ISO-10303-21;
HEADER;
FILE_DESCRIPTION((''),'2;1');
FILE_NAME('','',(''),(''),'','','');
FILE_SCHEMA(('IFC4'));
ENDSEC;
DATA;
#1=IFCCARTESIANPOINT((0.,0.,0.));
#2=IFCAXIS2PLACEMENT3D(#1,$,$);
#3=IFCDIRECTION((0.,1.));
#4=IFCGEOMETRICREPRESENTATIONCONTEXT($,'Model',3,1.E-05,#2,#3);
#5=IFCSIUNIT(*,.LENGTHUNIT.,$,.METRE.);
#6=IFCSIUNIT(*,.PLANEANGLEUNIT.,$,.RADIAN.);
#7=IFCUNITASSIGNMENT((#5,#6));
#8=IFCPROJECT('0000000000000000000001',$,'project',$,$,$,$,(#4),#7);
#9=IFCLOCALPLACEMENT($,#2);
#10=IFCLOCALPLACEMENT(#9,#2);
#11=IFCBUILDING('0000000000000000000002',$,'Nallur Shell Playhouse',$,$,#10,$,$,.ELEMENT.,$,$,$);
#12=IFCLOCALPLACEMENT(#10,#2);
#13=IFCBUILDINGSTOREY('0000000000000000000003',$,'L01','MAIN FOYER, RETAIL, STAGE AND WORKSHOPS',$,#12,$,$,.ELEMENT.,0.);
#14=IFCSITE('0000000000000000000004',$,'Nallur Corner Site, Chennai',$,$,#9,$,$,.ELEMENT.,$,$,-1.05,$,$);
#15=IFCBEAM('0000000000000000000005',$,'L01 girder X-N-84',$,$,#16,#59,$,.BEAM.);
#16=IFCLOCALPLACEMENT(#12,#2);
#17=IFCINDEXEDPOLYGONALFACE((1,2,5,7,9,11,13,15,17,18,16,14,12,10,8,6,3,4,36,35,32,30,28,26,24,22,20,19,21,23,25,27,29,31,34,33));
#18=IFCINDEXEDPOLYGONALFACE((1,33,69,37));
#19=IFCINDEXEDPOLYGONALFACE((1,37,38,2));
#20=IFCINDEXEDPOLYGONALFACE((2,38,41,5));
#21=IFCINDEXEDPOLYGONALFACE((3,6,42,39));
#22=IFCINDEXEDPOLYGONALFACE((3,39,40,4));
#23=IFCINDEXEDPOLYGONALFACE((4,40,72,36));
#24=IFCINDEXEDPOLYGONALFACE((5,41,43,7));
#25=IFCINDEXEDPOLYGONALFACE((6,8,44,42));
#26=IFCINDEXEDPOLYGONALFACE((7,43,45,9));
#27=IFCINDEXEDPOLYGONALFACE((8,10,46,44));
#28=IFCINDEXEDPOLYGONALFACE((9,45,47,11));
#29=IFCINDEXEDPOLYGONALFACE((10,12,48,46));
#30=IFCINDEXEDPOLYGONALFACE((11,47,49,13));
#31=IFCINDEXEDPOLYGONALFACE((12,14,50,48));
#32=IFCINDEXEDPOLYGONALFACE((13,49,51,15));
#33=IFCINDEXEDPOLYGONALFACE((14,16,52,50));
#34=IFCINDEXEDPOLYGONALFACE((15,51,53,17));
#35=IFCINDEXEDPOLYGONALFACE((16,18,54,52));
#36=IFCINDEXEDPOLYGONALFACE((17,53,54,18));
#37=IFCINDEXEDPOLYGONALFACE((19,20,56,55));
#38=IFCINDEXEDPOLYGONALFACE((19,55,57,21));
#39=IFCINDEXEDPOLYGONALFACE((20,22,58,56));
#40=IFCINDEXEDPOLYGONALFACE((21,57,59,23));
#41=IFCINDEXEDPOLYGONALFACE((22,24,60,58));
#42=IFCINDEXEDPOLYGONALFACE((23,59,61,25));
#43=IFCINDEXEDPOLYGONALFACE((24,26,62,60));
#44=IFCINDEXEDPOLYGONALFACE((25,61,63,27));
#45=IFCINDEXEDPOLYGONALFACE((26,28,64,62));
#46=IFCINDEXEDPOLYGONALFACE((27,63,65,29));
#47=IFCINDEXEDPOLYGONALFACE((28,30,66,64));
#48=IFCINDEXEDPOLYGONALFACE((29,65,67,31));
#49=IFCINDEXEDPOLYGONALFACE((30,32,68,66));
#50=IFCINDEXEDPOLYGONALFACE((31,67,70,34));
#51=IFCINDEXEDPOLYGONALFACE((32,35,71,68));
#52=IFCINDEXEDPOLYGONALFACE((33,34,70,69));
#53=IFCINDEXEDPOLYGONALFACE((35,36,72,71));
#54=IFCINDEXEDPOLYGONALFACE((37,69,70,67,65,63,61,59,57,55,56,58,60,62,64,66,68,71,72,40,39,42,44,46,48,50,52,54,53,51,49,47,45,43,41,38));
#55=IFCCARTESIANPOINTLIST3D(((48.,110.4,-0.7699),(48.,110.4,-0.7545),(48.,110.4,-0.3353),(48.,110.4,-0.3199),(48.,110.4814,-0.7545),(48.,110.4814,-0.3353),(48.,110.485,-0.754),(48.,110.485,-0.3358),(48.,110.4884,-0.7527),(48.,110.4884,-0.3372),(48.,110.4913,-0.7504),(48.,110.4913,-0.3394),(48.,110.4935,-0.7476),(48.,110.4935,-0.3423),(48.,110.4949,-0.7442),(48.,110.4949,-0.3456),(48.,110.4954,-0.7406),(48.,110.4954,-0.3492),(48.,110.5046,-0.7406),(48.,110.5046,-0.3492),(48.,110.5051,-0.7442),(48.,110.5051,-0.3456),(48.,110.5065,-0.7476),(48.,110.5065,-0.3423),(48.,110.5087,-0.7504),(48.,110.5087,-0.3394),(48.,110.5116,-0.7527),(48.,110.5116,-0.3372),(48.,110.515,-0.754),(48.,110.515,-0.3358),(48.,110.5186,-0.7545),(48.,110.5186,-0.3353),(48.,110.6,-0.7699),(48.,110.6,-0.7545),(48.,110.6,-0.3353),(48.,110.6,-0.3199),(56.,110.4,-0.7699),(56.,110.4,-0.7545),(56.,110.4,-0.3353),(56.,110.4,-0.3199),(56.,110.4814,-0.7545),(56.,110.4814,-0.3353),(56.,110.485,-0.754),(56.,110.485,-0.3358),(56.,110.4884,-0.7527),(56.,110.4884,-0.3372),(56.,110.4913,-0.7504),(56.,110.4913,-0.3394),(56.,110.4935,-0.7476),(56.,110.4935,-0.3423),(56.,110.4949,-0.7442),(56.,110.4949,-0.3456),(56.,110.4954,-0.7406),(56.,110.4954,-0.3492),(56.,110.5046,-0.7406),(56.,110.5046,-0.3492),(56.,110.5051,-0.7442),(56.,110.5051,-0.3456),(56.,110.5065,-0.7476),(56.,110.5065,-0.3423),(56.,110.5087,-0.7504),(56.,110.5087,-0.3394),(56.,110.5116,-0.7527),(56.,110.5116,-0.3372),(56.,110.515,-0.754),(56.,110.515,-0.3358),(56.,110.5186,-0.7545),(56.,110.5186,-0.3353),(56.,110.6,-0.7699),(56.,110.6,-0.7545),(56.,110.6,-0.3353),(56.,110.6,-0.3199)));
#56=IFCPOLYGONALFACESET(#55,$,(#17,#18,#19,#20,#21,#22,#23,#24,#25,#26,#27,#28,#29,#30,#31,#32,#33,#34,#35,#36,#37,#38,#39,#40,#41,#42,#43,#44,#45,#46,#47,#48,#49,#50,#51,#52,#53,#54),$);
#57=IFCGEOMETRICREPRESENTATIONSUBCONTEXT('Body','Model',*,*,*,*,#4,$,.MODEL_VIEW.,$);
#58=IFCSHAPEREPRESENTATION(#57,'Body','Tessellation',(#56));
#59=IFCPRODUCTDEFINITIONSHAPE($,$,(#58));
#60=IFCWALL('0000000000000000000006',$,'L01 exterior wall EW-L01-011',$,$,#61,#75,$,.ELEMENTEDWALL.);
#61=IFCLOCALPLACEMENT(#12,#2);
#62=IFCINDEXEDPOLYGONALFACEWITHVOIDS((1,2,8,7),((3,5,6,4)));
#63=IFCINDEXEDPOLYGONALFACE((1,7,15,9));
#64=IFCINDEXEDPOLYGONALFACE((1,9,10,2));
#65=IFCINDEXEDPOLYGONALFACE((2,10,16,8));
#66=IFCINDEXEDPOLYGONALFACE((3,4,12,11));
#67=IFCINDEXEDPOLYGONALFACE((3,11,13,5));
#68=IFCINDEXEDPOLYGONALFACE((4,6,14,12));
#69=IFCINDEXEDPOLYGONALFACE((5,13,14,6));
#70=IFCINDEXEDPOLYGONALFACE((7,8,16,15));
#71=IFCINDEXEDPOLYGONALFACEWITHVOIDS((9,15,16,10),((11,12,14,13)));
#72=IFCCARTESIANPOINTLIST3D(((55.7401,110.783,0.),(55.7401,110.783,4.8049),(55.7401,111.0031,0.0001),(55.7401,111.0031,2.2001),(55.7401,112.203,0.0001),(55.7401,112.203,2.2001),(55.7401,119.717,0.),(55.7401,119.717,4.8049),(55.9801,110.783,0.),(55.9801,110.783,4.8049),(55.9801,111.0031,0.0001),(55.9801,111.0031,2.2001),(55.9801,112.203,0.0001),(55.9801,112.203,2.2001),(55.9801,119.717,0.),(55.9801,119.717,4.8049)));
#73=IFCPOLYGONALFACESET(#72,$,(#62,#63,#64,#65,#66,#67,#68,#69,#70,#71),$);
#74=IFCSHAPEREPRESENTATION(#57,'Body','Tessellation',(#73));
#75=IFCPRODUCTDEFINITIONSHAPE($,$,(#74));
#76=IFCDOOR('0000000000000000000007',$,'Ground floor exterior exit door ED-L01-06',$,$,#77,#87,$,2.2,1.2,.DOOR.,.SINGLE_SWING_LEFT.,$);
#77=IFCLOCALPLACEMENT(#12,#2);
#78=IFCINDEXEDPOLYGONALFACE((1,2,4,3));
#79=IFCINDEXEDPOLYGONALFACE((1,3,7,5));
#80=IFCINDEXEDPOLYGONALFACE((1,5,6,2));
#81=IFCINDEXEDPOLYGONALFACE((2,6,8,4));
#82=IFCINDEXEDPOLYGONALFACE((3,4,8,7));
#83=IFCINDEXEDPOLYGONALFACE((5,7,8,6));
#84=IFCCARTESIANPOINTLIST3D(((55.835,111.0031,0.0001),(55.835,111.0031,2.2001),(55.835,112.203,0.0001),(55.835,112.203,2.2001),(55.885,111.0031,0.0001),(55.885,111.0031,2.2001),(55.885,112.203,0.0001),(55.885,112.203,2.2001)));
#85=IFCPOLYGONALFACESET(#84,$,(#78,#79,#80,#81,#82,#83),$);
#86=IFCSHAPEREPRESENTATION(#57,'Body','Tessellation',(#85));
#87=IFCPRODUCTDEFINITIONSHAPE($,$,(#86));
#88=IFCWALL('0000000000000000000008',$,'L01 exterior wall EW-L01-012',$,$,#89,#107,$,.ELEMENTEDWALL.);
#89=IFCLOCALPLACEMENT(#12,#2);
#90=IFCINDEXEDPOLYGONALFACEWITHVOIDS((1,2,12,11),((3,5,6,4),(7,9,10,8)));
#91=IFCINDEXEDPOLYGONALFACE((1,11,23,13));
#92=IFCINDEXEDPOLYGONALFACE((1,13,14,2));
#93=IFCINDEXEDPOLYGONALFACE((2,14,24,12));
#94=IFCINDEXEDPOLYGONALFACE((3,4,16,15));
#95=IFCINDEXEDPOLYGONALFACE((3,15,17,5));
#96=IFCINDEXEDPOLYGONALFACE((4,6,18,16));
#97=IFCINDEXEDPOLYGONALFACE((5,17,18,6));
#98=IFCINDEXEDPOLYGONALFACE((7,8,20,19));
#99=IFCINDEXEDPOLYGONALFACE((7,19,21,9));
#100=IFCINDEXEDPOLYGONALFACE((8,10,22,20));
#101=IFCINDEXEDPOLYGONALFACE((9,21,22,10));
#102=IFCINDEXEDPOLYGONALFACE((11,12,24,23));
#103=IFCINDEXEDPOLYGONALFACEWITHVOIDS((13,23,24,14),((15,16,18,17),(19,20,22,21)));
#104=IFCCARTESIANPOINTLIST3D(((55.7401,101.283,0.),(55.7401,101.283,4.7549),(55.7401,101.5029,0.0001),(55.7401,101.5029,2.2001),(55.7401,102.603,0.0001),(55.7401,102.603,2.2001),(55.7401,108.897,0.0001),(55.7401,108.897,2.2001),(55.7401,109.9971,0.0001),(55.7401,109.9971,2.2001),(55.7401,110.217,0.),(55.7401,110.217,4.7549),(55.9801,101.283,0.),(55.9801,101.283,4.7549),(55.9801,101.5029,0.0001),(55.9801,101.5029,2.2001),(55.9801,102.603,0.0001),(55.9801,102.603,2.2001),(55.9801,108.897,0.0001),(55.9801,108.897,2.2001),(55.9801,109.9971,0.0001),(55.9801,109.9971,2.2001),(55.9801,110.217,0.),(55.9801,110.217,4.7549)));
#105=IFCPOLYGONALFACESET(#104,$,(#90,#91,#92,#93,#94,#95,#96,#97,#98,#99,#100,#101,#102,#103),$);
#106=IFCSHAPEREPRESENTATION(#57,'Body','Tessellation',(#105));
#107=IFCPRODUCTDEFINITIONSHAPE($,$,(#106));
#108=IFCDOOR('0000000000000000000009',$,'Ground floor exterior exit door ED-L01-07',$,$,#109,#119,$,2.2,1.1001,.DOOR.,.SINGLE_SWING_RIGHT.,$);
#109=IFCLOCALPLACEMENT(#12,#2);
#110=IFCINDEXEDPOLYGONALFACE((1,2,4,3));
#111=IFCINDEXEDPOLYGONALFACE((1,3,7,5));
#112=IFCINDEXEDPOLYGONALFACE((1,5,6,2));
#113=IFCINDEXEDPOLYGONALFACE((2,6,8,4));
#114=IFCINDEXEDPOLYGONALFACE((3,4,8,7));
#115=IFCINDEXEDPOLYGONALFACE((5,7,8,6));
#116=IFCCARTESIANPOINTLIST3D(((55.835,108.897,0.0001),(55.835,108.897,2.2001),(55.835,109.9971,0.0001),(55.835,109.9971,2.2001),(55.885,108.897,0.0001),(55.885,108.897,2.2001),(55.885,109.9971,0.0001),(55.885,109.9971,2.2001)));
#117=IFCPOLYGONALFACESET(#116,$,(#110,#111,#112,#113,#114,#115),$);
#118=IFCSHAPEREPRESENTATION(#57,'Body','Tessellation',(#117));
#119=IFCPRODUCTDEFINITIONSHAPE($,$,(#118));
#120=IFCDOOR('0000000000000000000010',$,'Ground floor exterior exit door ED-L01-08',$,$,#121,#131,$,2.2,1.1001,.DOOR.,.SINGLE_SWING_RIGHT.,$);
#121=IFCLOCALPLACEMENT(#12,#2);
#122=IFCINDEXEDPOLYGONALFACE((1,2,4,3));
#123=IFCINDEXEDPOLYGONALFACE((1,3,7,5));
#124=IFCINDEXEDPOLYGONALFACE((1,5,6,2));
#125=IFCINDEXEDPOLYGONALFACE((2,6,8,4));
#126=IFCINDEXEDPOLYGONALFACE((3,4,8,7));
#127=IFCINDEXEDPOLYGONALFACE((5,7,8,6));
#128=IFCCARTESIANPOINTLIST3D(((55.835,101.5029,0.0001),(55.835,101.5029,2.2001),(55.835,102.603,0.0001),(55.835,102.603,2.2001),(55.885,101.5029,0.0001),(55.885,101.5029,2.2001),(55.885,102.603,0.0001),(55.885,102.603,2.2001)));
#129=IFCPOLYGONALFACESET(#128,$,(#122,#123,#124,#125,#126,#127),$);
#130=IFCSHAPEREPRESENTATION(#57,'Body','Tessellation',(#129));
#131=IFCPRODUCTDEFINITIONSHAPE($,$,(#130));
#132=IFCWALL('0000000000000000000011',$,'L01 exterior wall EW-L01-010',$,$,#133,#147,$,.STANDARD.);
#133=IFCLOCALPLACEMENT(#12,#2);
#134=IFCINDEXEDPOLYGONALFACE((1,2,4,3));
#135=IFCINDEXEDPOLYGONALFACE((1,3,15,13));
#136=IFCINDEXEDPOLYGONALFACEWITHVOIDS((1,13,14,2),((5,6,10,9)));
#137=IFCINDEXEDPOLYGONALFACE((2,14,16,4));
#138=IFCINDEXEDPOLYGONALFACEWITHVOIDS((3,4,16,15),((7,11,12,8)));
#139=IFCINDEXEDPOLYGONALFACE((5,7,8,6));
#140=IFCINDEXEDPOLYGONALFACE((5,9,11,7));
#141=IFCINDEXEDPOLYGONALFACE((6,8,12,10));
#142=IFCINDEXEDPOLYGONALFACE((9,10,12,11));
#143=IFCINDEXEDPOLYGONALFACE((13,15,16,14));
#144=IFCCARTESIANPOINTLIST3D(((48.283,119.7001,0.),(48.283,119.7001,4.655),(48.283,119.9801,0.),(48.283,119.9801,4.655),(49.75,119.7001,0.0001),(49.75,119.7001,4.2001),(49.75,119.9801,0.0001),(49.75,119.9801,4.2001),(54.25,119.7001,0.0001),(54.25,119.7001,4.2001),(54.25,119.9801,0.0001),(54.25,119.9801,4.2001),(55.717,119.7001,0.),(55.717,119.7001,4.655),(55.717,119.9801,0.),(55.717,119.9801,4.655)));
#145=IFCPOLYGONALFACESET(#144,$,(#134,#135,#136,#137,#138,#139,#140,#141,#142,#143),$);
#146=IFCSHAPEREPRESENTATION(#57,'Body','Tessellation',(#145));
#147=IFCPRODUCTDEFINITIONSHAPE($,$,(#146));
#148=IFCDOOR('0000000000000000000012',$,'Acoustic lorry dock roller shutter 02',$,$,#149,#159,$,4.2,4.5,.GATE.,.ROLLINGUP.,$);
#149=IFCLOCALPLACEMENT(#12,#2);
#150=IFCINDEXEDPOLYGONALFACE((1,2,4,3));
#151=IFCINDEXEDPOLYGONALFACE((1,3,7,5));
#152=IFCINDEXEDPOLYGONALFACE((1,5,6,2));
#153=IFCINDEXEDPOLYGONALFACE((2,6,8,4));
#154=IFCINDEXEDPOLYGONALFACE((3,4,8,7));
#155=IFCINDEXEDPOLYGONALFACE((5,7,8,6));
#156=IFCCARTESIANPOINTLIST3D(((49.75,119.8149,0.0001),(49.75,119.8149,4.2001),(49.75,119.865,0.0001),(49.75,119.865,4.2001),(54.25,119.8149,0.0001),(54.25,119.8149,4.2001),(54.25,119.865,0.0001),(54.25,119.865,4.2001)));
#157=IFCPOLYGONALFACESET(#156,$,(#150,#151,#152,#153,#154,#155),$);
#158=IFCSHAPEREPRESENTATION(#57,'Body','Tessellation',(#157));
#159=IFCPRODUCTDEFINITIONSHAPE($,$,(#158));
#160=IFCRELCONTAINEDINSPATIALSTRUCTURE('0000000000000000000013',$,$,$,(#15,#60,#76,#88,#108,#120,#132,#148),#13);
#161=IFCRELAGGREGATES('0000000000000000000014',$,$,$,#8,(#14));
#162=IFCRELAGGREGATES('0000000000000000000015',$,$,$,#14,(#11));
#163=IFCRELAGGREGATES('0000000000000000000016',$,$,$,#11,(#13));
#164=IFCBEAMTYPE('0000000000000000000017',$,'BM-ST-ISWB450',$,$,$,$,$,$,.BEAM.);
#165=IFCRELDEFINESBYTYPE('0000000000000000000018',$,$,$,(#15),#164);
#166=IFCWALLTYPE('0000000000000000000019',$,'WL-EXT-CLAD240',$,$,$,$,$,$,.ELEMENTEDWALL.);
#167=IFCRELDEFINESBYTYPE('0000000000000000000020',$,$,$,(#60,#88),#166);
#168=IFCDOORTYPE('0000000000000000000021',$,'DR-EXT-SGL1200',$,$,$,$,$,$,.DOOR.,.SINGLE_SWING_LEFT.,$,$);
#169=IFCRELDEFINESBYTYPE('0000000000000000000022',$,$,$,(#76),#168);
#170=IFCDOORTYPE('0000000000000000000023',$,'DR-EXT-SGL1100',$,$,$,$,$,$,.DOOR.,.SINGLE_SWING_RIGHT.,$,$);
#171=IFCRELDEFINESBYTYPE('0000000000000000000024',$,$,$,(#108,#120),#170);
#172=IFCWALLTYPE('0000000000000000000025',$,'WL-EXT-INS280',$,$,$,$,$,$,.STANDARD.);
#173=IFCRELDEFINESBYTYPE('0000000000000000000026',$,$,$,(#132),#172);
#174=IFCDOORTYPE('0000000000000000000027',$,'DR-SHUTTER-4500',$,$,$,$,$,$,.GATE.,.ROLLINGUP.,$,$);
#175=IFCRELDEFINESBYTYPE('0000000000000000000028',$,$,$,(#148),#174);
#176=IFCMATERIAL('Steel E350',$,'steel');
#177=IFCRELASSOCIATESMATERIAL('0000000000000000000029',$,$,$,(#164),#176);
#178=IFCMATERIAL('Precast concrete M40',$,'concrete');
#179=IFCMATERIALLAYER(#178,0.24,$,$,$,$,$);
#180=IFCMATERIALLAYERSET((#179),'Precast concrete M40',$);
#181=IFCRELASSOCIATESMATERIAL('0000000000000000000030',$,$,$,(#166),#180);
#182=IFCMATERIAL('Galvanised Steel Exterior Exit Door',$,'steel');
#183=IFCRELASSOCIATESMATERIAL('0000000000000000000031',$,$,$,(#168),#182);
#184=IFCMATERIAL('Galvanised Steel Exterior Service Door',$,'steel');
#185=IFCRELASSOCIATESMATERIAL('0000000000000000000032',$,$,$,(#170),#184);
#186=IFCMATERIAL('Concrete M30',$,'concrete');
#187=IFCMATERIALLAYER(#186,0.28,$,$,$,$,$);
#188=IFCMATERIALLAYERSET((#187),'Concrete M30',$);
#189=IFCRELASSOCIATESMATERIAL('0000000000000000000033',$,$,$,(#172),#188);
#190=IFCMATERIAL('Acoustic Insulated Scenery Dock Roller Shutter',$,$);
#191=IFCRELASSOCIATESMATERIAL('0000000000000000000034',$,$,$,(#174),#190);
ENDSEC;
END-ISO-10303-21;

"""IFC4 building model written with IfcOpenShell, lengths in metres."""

from ifc_helpers import new_model, si_unit, direction, frame, frame_2d, origin, origin_2d, place, context, subcontext, project, spatial, rectangle, i_section, extrude, material, layer, layer_set, material_profile, profile_set, type_object, element, fill, save


model = new_model("IFC4")

# Units and contexts
model_context = context("Model", 3, precision=1e-05, world=origin(), true_north=direction((0.0, 1.0)))
body_context = subcontext(model_context, "Body", "Model", "MODEL_VIEW")
ifc_project = project(units=[si_unit("LENGTHUNIT", "METRE"), si_unit("PLANEANGLEUNIT", "RADIAN")], contexts=[model_context])

# Site, building, storey
site_placement = place(None, origin())
site = spatial("IfcSite", under=ifc_project, at=site_placement, Name="Nallur Corner Site, Chennai", CompositionType="ELEMENT", RefElevation=-1.05)
building_placement = place(site_placement, origin())
building = spatial("IfcBuilding", under=site, at=building_placement, Name="Nallur Shell Playhouse", CompositionType="ELEMENT")
storey_placement = place(building_placement, origin())
storey = spatial("IfcBuildingStorey", under=building, at=storey_placement, Name="L01", Description="MAIN FOYER, RETAIL, STAGE AND WORKSHOPS", CompositionType="ELEMENT", Elevation=0.0)

# Beam
ifc_material_1 = material(Name="Concrete M30", Category="concrete")
ifc_material_2 = material(Name="Steel E350", Category="steel")
ifc_material_profile_1 = material_profile(ifc_material_2, i_section(OverallWidth=0.2, OverallDepth=0.45, WebThickness=0.0093, FlangeThickness=0.0154, FilletRadius=0.0139, at=origin_2d()), Name="ISWB 450")
ifc_profile_set_1 = profile_set([ifc_material_profile_1], Name="Steel E350")
beam_type_1 = type_object("IfcBeamType", Name="BM-ST-ISWB450", PredefinedType="BEAM", material=ifc_profile_set_1)
beam_1_placement = place(storey_placement, frame((48.0, 110.5, -0.5449), z_axis=(1.0, 0.0, 0.0), x_axis=(0.0, 1.0, 0.0)))
element("IfcBeam", 1, at=beam_1_placement, inside=storey, type_object=beam_type_1, Name="L01 girder X-N-84", PredefinedType="BEAM", context=body_context, shape_type="SweptSolid", body=[
    extrude(i_section(OverallWidth=0.2, OverallDepth=0.45, WebThickness=0.0093, FlangeThickness=0.0154, FilletRadius=0.0139, at=origin_2d()), origin(), (0.0, 0.0, 1.0), 8.0),
])

# Wall, opening, door
ifc_material_3 = material(Name="Precast concrete M40", Category="concrete")
ifc_layer_1 = layer(ifc_material_3, 0.24)
ifc_layer_set_1 = layer_set([ifc_layer_1], Name="Precast concrete M40")
wall_type_1 = type_object("IfcWallType", Name="WL-EXT-CLAD240", PredefinedType="ELEMENTEDWALL", material=ifc_layer_set_1)
wall_1_placement = place(storey_placement, frame((55.8601, 119.717, 0.0), z_axis=(0.0, 0.0, 1.0), x_axis=(0.0, -1.0, 0.0)))
wall_1 = element("IfcWall", 2, at=wall_1_placement, inside=storey, type_object=wall_type_1, Name="L01 exterior wall EW-L01-011", PredefinedType="ELEMENTEDWALL", context=body_context, shape_type="SweptSolid", body=[
    extrude(rectangle(XDim=8.9341, YDim=0.24, at=frame_2d((4.467, 0.0))), origin(), (0.0, 0.0, 1.0), 4.8049),
])
opening_1_placement = place(wall_1_placement, frame((7.5139, 0.0, 0.0)))
opening_1 = element("IfcOpeningElement", 3, at=opening_1_placement, cuts=wall_1, PredefinedType="OPENING", context=body_context, shape_type="SweptSolid", body=[
    extrude(rectangle(XDim=1.2, YDim=2.2, at=frame_2d((0.6001, 1.1001))), frame((0.0, 0.1299, 0.0), z_axis=(0.0, -1.0, 0.0), x_axis=(1.0, 0.0, 0.0)), (0.0, 0.0, 1.0), 0.26),
])
ifc_material_4 = material(Name="Galvanised Steel Exterior Exit Door", Category="steel")
door_type_1 = type_object("IfcDoorType", Name="DR-EXT-SGL1200", OperationType="SINGLE_SWING_LEFT", PredefinedType="DOOR", material=ifc_material_4)
door_1_placement = place(opening_1_placement, origin())
door_1 = element("IfcDoor", 4, at=door_1_placement, inside=storey, type_object=door_type_1, Name="Ground floor exterior exit door ED-L01-06", OperationType="SINGLE_SWING_LEFT", OverallHeight=2.2, OverallWidth=1.2, PredefinedType="DOOR", context=body_context, shape_type="SweptSolid", body=[
    extrude(rectangle(XDim=1.2, YDim=2.2, at=frame_2d((0.6001, 1.1001))), frame((0.0, 0.0249, 0.0), z_axis=(0.0, -1.0, 0.0), x_axis=(1.0, 0.0, 0.0)), (0.0, 0.0, 1.0), 0.05),
])
fill(opening_1, door_1)

# Wall, openings, doors
wall_2_placement = place(storey_placement, frame((55.8601, 110.217, 0.0), z_axis=(0.0, 0.0, 1.0), x_axis=(0.0, -1.0, 0.0)))
wall_2 = element("IfcWall", 5, at=wall_2_placement, inside=storey, type_object=wall_type_1, Name="L01 exterior wall EW-L01-012", PredefinedType="ELEMENTEDWALL", context=body_context, shape_type="SweptSolid", body=[
    extrude(rectangle(XDim=8.9341, YDim=0.24, at=frame_2d((4.467, 0.0))), origin(), (0.0, 0.0, 1.0), 4.7549),
])
opening_2_placement = place(wall_2_placement, frame((0.22, 0.0, 0.0)))
opening_2 = element("IfcOpeningElement", 6, at=opening_2_placement, cuts=wall_2, PredefinedType="OPENING", context=body_context, shape_type="SweptSolid", body=[
    extrude(rectangle(XDim=1.1001, YDim=2.2, at=frame_2d((0.55, 1.1001))), frame((0.0, 0.1299, 0.0), z_axis=(0.0, -1.0, 0.0), x_axis=(1.0, 0.0, 0.0)), (0.0, 0.0, 1.0), 0.26),
])
opening_3_placement = place(wall_2_placement, frame((7.614, 0.0, 0.0)))
opening_3 = element("IfcOpeningElement", 7, at=opening_3_placement, cuts=wall_2, PredefinedType="OPENING", context=body_context, shape_type="SweptSolid", body=[
    extrude(rectangle(XDim=1.1001, YDim=2.2, at=frame_2d((0.55, 1.1001))), frame((0.0, 0.1299, 0.0), z_axis=(0.0, -1.0, 0.0), x_axis=(1.0, 0.0, 0.0)), (0.0, 0.0, 1.0), 0.26),
])
ifc_material_5 = material(Name="Galvanised Steel Exterior Service Door", Category="steel")
door_type_2 = type_object("IfcDoorType", Name="DR-EXT-SGL1100", OperationType="SINGLE_SWING_RIGHT", PredefinedType="DOOR", material=ifc_material_5)
door_2_placement = place(opening_2_placement, origin())
door_2 = element("IfcDoor", 8, at=door_2_placement, inside=storey, type_object=door_type_2, Name="Ground floor exterior exit door ED-L01-07", OperationType="SINGLE_SWING_RIGHT", OverallHeight=2.2, OverallWidth=1.1001, PredefinedType="DOOR", context=body_context, shape_type="SweptSolid", body=[
    extrude(rectangle(XDim=1.1001, YDim=2.2, at=frame_2d((0.55, 1.1001))), frame((0.0, 0.0249, 0.0), z_axis=(0.0, -1.0, 0.0), x_axis=(1.0, 0.0, 0.0)), (0.0, 0.0, 1.0), 0.05),
])
fill(opening_2, door_2)
door_3_placement = place(opening_3_placement, origin())
door_3 = element("IfcDoor", 9, at=door_3_placement, inside=storey, type_object=door_type_2, Name="Ground floor exterior exit door ED-L01-08", OperationType="SINGLE_SWING_RIGHT", OverallHeight=2.2, OverallWidth=1.1001, PredefinedType="DOOR", context=body_context, shape_type="SweptSolid", body=[
    extrude(rectangle(XDim=1.1001, YDim=2.2, at=frame_2d((0.55, 1.1001))), frame((0.0, 0.0249, 0.0), z_axis=(0.0, -1.0, 0.0), x_axis=(1.0, 0.0, 0.0)), (0.0, 0.0, 1.0), 0.05),
])
fill(opening_3, door_3)

# Wall, opening, door
ifc_layer_2 = layer(ifc_material_1, 0.28)
ifc_layer_set_2 = layer_set([ifc_layer_2], Name="Concrete M30")
wall_type_2 = type_object("IfcWallType", Name="WL-EXT-INS280", PredefinedType="STANDARD", material=ifc_layer_set_2)
wall_3_placement = place(storey_placement, frame((48.283, 119.8401, 0.0), z_axis=(0.0, 0.0, 1.0), x_axis=(1.0, 0.0, 0.0)))
wall_3 = element("IfcWall", 10, at=wall_3_placement, inside=storey, type_object=wall_type_2, Name="L01 exterior wall EW-L01-010", PredefinedType="STANDARD", context=body_context, shape_type="SweptSolid", body=[
    extrude(rectangle(XDim=7.4341, YDim=0.28, at=frame_2d((3.717, 0.0))), origin(), (0.0, 0.0, 1.0), 4.655),
])
opening_4_placement = place(wall_3_placement, frame((1.467, 0.0, 0.0)))
opening_4 = element("IfcOpeningElement", 11, at=opening_4_placement, cuts=wall_3, PredefinedType="OPENING", context=body_context, shape_type="SweptSolid", body=[
    extrude(rectangle(XDim=4.5, YDim=4.2, at=frame_2d((2.25, 2.1001))), frame((0.0, 0.1499, 0.0), z_axis=(0.0, -1.0, 0.0), x_axis=(1.0, 0.0, 0.0)), (0.0, 0.0, 1.0), 0.3),
])
ifc_material_6 = material(Name="Acoustic Insulated Scenery Dock Roller Shutter")
door_type_3 = type_object("IfcDoorType", Name="DR-SHUTTER-4500", OperationType="ROLLINGUP", PredefinedType="GATE", material=ifc_material_6)
door_4_placement = place(opening_4_placement, origin())
door_4 = element("IfcDoor", 12, at=door_4_placement, inside=storey, type_object=door_type_3, Name="Acoustic lorry dock roller shutter 02", OperationType="ROLLINGUP", OverallHeight=4.2, OverallWidth=4.5, PredefinedType="GATE", context=body_context, shape_type="SweptSolid", body=[
    extrude(rectangle(XDim=4.5, YDim=4.2, at=frame_2d((2.25, 2.1001))), frame((0.0, 0.0249, 0.0), z_axis=(0.0, -1.0, 0.0), x_axis=(1.0, 0.0, 0.0)), (0.0, 0.0, 1.0), 0.05),
])
fill(opening_4, door_4)

save(model, "model.ifc")
